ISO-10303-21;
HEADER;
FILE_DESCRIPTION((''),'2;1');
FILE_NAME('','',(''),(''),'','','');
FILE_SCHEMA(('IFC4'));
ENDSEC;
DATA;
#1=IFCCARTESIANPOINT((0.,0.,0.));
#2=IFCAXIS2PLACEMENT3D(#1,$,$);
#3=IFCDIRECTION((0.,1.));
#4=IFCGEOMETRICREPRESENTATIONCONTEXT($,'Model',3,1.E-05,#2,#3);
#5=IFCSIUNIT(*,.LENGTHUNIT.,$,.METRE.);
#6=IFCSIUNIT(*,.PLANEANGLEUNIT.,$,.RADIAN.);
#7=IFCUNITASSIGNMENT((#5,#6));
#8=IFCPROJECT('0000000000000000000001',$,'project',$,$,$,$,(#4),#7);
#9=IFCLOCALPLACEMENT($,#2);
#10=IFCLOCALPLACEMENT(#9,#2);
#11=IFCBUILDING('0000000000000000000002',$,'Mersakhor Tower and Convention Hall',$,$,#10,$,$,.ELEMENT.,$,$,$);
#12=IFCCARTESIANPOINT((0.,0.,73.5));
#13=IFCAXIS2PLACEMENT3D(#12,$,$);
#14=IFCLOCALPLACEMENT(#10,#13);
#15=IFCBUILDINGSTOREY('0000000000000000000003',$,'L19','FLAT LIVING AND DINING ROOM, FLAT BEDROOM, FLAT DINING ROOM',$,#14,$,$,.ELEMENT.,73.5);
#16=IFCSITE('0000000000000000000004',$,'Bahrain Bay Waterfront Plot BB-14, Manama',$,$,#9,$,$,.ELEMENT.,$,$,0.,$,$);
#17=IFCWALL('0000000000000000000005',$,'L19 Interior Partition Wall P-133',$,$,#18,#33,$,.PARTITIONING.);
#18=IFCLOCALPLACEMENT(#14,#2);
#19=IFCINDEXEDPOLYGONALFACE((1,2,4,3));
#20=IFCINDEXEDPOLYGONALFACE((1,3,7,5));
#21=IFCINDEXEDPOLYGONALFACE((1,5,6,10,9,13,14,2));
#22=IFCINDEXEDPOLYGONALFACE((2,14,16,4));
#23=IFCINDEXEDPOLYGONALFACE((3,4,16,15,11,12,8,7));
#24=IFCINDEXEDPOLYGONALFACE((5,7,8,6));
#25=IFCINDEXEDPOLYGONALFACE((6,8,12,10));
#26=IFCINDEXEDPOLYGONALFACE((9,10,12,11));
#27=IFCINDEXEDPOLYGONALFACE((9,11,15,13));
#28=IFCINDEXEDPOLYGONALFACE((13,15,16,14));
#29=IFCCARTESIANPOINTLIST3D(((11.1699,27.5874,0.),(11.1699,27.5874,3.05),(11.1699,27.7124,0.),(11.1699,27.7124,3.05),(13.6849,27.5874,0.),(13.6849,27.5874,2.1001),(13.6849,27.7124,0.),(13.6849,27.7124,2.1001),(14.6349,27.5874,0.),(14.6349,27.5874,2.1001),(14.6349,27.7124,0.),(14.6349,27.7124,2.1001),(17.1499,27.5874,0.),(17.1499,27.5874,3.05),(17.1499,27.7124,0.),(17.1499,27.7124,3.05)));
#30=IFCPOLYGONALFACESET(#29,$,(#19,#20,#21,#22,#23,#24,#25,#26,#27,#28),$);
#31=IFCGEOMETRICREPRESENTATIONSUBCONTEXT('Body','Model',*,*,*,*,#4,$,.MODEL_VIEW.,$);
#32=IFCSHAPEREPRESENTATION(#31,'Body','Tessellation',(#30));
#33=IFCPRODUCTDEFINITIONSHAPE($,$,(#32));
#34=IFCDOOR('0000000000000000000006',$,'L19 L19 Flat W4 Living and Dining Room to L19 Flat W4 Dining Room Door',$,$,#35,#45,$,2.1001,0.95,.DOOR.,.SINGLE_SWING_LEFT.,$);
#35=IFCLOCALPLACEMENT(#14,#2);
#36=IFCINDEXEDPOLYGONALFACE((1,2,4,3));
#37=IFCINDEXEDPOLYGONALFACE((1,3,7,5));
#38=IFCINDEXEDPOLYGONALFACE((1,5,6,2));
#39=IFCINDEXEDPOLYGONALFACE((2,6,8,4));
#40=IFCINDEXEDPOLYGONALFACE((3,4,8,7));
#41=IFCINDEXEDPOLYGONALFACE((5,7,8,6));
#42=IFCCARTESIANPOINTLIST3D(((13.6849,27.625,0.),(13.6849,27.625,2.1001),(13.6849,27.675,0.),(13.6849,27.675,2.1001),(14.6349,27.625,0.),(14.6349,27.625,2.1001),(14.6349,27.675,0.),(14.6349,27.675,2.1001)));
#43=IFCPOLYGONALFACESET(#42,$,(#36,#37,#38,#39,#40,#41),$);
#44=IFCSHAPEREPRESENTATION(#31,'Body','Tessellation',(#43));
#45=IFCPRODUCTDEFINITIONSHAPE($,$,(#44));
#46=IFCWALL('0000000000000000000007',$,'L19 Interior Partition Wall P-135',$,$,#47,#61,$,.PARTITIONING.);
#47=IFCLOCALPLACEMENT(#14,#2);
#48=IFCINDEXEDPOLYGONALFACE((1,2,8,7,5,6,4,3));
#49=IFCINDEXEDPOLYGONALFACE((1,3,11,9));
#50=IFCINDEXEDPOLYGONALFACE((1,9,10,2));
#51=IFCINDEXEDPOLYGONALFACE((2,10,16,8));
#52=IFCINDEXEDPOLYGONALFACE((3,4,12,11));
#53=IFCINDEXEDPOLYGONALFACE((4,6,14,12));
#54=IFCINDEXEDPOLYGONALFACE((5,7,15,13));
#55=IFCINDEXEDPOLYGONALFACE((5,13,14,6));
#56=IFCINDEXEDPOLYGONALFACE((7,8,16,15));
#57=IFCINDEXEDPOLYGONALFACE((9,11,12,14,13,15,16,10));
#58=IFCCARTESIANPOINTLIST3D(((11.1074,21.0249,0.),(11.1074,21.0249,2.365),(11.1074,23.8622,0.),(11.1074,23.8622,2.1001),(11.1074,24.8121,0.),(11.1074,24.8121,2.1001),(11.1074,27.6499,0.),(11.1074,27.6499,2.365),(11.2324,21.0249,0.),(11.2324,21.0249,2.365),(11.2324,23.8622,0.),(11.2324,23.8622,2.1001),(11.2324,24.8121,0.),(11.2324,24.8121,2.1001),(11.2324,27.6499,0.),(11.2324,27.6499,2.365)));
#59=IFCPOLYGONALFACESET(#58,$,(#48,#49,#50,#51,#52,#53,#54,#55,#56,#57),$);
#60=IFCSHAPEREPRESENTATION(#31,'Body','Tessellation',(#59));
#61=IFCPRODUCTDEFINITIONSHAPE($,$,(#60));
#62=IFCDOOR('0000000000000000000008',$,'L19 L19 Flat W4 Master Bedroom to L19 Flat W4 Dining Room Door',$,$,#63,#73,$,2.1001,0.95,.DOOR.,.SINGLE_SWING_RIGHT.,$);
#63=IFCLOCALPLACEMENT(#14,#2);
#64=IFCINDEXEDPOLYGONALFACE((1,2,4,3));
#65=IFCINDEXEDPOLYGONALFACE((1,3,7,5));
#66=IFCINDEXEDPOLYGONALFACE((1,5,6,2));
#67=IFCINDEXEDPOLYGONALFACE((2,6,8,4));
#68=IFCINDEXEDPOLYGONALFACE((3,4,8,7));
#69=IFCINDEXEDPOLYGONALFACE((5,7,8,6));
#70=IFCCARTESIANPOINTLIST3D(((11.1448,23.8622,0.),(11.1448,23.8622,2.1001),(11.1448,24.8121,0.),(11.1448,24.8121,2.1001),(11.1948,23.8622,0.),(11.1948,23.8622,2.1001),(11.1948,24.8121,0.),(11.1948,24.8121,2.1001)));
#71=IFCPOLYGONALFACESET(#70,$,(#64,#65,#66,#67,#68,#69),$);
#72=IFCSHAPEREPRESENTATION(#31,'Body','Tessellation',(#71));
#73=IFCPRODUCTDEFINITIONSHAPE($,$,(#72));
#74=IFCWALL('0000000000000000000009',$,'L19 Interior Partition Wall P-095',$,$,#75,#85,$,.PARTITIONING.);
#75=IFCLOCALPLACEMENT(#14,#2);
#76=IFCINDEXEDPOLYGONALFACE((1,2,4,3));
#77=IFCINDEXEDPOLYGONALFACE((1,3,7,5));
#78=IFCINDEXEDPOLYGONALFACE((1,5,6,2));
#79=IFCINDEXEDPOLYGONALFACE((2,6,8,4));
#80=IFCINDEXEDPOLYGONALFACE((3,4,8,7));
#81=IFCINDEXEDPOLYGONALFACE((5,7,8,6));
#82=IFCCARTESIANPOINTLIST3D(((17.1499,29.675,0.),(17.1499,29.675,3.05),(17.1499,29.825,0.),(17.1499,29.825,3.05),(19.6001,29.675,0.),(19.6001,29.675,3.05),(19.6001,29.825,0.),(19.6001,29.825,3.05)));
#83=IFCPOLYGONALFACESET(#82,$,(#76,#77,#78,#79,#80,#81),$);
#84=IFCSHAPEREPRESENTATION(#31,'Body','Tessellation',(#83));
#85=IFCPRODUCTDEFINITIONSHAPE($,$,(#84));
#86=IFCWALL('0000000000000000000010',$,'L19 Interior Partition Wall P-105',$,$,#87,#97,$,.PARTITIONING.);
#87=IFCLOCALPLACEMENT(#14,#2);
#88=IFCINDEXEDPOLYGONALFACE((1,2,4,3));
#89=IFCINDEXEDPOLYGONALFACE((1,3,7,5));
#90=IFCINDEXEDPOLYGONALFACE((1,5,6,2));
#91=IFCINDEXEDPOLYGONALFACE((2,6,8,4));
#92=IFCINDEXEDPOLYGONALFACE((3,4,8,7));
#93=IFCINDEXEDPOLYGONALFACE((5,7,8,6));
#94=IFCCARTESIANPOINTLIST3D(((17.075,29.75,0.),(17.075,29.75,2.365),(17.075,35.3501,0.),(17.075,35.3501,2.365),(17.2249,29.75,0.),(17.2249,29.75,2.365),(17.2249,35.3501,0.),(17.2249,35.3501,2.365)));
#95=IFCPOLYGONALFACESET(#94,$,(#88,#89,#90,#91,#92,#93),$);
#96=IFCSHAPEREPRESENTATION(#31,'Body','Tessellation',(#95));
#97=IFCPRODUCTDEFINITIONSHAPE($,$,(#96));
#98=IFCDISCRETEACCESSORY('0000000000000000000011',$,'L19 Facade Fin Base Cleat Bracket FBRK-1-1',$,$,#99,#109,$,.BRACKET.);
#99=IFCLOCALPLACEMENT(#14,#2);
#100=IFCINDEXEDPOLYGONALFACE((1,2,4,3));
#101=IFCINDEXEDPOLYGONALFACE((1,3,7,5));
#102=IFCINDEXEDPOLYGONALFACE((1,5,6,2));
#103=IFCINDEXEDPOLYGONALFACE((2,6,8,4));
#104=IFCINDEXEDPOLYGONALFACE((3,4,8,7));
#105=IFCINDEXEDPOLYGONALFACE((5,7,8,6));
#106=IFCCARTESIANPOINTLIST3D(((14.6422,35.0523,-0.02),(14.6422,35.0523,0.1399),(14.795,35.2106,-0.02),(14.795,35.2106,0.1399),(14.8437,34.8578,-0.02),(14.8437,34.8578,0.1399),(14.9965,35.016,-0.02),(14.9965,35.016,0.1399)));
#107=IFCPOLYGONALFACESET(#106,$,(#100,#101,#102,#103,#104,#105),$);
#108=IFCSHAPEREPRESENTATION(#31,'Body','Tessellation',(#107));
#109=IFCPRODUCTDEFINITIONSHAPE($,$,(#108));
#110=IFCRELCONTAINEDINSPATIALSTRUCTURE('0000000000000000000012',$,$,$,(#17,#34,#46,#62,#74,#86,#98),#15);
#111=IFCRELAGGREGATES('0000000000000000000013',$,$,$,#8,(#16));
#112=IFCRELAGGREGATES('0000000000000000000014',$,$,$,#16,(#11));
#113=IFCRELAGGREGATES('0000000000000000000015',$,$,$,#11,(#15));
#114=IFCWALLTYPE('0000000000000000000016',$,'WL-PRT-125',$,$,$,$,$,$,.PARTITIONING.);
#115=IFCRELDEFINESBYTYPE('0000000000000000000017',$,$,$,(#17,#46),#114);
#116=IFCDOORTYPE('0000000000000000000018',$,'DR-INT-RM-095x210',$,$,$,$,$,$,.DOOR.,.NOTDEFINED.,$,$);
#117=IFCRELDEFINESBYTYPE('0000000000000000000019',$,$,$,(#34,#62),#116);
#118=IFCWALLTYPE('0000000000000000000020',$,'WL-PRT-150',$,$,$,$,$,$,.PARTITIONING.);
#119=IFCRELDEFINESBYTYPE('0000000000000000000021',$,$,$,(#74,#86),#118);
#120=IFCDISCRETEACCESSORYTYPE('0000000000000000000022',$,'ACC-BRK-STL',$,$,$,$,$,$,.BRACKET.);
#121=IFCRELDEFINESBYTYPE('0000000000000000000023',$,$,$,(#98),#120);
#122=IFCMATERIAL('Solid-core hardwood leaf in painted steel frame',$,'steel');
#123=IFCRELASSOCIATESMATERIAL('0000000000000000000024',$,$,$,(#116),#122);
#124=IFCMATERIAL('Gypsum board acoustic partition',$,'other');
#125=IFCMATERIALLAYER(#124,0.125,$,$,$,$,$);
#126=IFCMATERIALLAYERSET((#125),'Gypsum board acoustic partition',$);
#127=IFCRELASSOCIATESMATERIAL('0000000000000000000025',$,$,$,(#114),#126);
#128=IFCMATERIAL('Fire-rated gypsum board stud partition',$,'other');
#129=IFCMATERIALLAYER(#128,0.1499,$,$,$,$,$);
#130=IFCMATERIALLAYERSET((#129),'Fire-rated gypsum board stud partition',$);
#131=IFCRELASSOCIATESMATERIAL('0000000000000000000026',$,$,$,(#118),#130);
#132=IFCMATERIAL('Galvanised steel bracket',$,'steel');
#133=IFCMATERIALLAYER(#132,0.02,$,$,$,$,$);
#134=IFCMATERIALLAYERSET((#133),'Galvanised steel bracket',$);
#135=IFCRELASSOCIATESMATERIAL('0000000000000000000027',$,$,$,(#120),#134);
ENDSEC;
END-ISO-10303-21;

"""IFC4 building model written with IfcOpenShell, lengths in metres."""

from ifc_helpers import new_model, si_unit, direction, frame, frame_2d, origin, origin_2d, place, context, subcontext, project, spatial, rectangle, extrude, material, layer, layer_set, type_object, element, fill, save


model = new_model("IFC4")

# Units and contexts
model_context = context("Model", 3, precision=1e-05, world=origin(), true_north=direction((0.0, 1.0)))
body_context = subcontext(model_context, "Body", "Model", "MODEL_VIEW")
ifc_project = project(units=[si_unit("LENGTHUNIT", "METRE"), si_unit("PLANEANGLEUNIT", "RADIAN")], contexts=[model_context])

# Site, building, storey
site_placement = place(None, origin())
site = spatial("IfcSite", under=ifc_project, at=site_placement, Name="Bahrain Bay Waterfront Plot BB-14, Manama", CompositionType="ELEMENT", RefElevation=0.0)
building_placement = place(site_placement, origin())
building = spatial("IfcBuilding", under=site, at=building_placement, Name="Mersakhor Tower and Convention Hall", CompositionType="ELEMENT")
storey_placement = place(building_placement, frame((0.0, 0.0, 73.5)))
storey = spatial("IfcBuildingStorey", under=building, at=storey_placement, Name="L19", Description="FLAT LIVING AND DINING ROOM, FLAT BEDROOM, FLAT DINING ROOM", CompositionType="ELEMENT", Elevation=73.5)

# Walls, openings, doors
ifc_material_1 = material(Name="Solid-core hardwood leaf in painted steel frame", Category="steel")
door_type_1 = type_object("IfcDoorType", Name="DR-INT-RM-095x210", OperationType="NOTDEFINED", PredefinedType="DOOR", material=ifc_material_1)
ifc_material_2 = material(Name="Gypsum board acoustic partition", Category="other")
ifc_layer_1 = layer(ifc_material_2, 0.125)
ifc_layer_set_1 = layer_set([ifc_layer_1], Name="Gypsum board acoustic partition")
wall_type_1 = type_object("IfcWallType", Name="WL-PRT-125", PredefinedType="PARTITIONING", material=ifc_layer_set_1)
wall_1_placement = place(storey_placement, frame((17.1499, 27.6499, 0.0), z_axis=(0.0, 0.0, 1.0), x_axis=(-1.0, 0.0, 0.0)))
wall_1 = element("IfcWall", 1, at=wall_1_placement, inside=storey, type_object=wall_type_1, Name="L19 Interior Partition Wall P-133", PredefinedType="PARTITIONING", context=body_context, shape_type="SweptSolid", body=[
    extrude(rectangle(XDim=5.98, YDim=0.125, at=frame_2d((2.99, 0.0))), origin(), (0.0, 0.0, 1.0), 3.05),
])
opening_1_placement = place(wall_1_placement, frame((2.5149, 0.0, 0.0)))
opening_1 = element("IfcOpeningElement", 2, at=opening_1_placement, cuts=wall_1, PredefinedType="OPENING", context=body_context, shape_type="SweptSolid", body=[
    extrude(rectangle(XDim=0.95, YDim=2.1001, at=frame_2d((0.4751, 1.05))), frame((0.0, 0.0725, 0.0), z_axis=(0.0, -1.0, 0.0), x_axis=(1.0, 0.0, 0.0)), (0.0, 0.0, 1.0), 0.145),
])
door_1_placement = place(opening_1_placement, origin())
door_1 = element("IfcDoor", 3, at=door_1_placement, inside=storey, type_object=door_type_1, Name="L19 L19 Flat W4 Living and Dining Room to L19 Flat W4 Dining Room Door", OperationType="SINGLE_SWING_LEFT", OverallHeight=2.1001, OverallWidth=0.95, PredefinedType="DOOR", context=body_context, shape_type="SweptSolid", body=[
    extrude(rectangle(XDim=0.95, YDim=2.1001, at=frame_2d((0.4751, 1.05))), frame((0.0, 0.0249, 0.0), z_axis=(0.0, -1.0, 0.0), x_axis=(1.0, 0.0, 0.0)), (0.0, 0.0, 1.0), 0.05),
])
fill(opening_1, door_1)
wall_2_placement = place(storey_placement, frame((11.1699, 27.6499, 0.0), z_axis=(0.0, 0.0, 1.0), x_axis=(0.0, -1.0, 0.0)))
wall_2 = element("IfcWall", 4, at=wall_2_placement, inside=storey, type_object=wall_type_1, Name="L19 Interior Partition Wall P-135", PredefinedType="PARTITIONING", context=body_context, shape_type="SweptSolid", body=[
    extrude(rectangle(XDim=6.625, YDim=0.125, at=frame_2d((3.3125, 0.0))), origin(), (0.0, 0.0, 1.0), 2.365),
])
opening_2_placement = place(wall_2_placement, frame((2.8376, 0.0, 0.0)))
opening_2 = element("IfcOpeningElement", 5, at=opening_2_placement, cuts=wall_2, PredefinedType="OPENING", context=body_context, shape_type="SweptSolid", body=[
    extrude(rectangle(XDim=0.95, YDim=2.1001, at=frame_2d((0.4751, 1.05))), frame((0.0, 0.0725, 0.0), z_axis=(0.0, -1.0, 0.0), x_axis=(1.0, 0.0, 0.0)), (0.0, 0.0, 1.0), 0.145),
])
door_2_placement = place(opening_2_placement, origin())
door_2 = element("IfcDoor", 6, at=door_2_placement, inside=storey, type_object=door_type_1, Name="L19 L19 Flat W4 Master Bedroom to L19 Flat W4 Dining Room Door", OperationType="SINGLE_SWING_RIGHT", OverallHeight=2.1001, OverallWidth=0.95, PredefinedType="DOOR", context=body_context, shape_type="SweptSolid", body=[
    extrude(rectangle(XDim=0.95, YDim=2.1001, at=frame_2d((0.4751, 1.05))), frame((0.0, 0.0249, 0.0), z_axis=(0.0, -1.0, 0.0), x_axis=(1.0, 0.0, 0.0)), (0.0, 0.0, 1.0), 0.05),
])
fill(opening_2, door_2)

# Walls
ifc_material_3 = material(Name="Fire-rated gypsum board stud partition", Category="other")
ifc_layer_2 = layer(ifc_material_3, 0.1499)
ifc_layer_set_2 = layer_set([ifc_layer_2], Name="Fire-rated gypsum board stud partition")
wall_type_2 = type_object("IfcWallType", Name="WL-PRT-150", PredefinedType="PARTITIONING", material=ifc_layer_set_2)
wall_3_placement = place(storey_placement, frame((17.1499, 29.75, 0.0), z_axis=(0.0, 0.0, 1.0), x_axis=(1.0, 0.0, 0.0)))
element("IfcWall", 7, at=wall_3_placement, inside=storey, type_object=wall_type_2, Name="L19 Interior Partition Wall P-095", PredefinedType="PARTITIONING", context=body_context, shape_type="SweptSolid", body=[
    extrude(rectangle(XDim=2.4502, YDim=0.1499, at=frame_2d((1.2251, 0.0))), origin(), (0.0, 0.0, 1.0), 3.05),
])
wall_4_placement = place(storey_placement, frame((17.1499, 29.75, 0.0), z_axis=(0.0, 0.0, 1.0), x_axis=(0.0, 1.0, 0.0)))
element("IfcWall", 8, at=wall_4_placement, inside=storey, type_object=wall_type_2, Name="L19 Interior Partition Wall P-105", PredefinedType="PARTITIONING", context=body_context, shape_type="SweptSolid", body=[
    extrude(rectangle(XDim=5.6001, YDim=0.1499, at=frame_2d((2.8, 0.0))), origin(), (0.0, 0.0, 1.0), 2.365),
])

# Discrete accessory
ifc_material_4 = material(Name="Galvanised steel bracket", Category="steel")
ifc_layer_3 = layer(ifc_material_4, 0.02)
ifc_layer_set_3 = layer_set([ifc_layer_3], Name="Galvanised steel bracket")
discrete_accessory_type = type_object("IfcDiscreteAccessoryType", Name="ACC-BRK-STL", PredefinedType="BRACKET", material=ifc_layer_set_3)
discrete_accessory_placement = place(storey_placement, frame((14.8193, 35.0342, -0.02), z_axis=(0.0, 0.0, 1.0), x_axis=(-0.71934, 0.694658, 0.0)))
element("IfcDiscreteAccessory", 9, at=discrete_accessory_placement, inside=storey, type_object=discrete_accessory_type, Name="L19 Facade Fin Base Cleat Bracket FBRK-1-1", PredefinedType="BRACKET", context=body_context, shape_type="SweptSolid", body=[
    extrude(rectangle(XDim=0.28, YDim=0.22, at=origin_2d()), origin(), (0.0, 0.0, 1.0), 0.1599),
])

save(model, "model.ifc")
